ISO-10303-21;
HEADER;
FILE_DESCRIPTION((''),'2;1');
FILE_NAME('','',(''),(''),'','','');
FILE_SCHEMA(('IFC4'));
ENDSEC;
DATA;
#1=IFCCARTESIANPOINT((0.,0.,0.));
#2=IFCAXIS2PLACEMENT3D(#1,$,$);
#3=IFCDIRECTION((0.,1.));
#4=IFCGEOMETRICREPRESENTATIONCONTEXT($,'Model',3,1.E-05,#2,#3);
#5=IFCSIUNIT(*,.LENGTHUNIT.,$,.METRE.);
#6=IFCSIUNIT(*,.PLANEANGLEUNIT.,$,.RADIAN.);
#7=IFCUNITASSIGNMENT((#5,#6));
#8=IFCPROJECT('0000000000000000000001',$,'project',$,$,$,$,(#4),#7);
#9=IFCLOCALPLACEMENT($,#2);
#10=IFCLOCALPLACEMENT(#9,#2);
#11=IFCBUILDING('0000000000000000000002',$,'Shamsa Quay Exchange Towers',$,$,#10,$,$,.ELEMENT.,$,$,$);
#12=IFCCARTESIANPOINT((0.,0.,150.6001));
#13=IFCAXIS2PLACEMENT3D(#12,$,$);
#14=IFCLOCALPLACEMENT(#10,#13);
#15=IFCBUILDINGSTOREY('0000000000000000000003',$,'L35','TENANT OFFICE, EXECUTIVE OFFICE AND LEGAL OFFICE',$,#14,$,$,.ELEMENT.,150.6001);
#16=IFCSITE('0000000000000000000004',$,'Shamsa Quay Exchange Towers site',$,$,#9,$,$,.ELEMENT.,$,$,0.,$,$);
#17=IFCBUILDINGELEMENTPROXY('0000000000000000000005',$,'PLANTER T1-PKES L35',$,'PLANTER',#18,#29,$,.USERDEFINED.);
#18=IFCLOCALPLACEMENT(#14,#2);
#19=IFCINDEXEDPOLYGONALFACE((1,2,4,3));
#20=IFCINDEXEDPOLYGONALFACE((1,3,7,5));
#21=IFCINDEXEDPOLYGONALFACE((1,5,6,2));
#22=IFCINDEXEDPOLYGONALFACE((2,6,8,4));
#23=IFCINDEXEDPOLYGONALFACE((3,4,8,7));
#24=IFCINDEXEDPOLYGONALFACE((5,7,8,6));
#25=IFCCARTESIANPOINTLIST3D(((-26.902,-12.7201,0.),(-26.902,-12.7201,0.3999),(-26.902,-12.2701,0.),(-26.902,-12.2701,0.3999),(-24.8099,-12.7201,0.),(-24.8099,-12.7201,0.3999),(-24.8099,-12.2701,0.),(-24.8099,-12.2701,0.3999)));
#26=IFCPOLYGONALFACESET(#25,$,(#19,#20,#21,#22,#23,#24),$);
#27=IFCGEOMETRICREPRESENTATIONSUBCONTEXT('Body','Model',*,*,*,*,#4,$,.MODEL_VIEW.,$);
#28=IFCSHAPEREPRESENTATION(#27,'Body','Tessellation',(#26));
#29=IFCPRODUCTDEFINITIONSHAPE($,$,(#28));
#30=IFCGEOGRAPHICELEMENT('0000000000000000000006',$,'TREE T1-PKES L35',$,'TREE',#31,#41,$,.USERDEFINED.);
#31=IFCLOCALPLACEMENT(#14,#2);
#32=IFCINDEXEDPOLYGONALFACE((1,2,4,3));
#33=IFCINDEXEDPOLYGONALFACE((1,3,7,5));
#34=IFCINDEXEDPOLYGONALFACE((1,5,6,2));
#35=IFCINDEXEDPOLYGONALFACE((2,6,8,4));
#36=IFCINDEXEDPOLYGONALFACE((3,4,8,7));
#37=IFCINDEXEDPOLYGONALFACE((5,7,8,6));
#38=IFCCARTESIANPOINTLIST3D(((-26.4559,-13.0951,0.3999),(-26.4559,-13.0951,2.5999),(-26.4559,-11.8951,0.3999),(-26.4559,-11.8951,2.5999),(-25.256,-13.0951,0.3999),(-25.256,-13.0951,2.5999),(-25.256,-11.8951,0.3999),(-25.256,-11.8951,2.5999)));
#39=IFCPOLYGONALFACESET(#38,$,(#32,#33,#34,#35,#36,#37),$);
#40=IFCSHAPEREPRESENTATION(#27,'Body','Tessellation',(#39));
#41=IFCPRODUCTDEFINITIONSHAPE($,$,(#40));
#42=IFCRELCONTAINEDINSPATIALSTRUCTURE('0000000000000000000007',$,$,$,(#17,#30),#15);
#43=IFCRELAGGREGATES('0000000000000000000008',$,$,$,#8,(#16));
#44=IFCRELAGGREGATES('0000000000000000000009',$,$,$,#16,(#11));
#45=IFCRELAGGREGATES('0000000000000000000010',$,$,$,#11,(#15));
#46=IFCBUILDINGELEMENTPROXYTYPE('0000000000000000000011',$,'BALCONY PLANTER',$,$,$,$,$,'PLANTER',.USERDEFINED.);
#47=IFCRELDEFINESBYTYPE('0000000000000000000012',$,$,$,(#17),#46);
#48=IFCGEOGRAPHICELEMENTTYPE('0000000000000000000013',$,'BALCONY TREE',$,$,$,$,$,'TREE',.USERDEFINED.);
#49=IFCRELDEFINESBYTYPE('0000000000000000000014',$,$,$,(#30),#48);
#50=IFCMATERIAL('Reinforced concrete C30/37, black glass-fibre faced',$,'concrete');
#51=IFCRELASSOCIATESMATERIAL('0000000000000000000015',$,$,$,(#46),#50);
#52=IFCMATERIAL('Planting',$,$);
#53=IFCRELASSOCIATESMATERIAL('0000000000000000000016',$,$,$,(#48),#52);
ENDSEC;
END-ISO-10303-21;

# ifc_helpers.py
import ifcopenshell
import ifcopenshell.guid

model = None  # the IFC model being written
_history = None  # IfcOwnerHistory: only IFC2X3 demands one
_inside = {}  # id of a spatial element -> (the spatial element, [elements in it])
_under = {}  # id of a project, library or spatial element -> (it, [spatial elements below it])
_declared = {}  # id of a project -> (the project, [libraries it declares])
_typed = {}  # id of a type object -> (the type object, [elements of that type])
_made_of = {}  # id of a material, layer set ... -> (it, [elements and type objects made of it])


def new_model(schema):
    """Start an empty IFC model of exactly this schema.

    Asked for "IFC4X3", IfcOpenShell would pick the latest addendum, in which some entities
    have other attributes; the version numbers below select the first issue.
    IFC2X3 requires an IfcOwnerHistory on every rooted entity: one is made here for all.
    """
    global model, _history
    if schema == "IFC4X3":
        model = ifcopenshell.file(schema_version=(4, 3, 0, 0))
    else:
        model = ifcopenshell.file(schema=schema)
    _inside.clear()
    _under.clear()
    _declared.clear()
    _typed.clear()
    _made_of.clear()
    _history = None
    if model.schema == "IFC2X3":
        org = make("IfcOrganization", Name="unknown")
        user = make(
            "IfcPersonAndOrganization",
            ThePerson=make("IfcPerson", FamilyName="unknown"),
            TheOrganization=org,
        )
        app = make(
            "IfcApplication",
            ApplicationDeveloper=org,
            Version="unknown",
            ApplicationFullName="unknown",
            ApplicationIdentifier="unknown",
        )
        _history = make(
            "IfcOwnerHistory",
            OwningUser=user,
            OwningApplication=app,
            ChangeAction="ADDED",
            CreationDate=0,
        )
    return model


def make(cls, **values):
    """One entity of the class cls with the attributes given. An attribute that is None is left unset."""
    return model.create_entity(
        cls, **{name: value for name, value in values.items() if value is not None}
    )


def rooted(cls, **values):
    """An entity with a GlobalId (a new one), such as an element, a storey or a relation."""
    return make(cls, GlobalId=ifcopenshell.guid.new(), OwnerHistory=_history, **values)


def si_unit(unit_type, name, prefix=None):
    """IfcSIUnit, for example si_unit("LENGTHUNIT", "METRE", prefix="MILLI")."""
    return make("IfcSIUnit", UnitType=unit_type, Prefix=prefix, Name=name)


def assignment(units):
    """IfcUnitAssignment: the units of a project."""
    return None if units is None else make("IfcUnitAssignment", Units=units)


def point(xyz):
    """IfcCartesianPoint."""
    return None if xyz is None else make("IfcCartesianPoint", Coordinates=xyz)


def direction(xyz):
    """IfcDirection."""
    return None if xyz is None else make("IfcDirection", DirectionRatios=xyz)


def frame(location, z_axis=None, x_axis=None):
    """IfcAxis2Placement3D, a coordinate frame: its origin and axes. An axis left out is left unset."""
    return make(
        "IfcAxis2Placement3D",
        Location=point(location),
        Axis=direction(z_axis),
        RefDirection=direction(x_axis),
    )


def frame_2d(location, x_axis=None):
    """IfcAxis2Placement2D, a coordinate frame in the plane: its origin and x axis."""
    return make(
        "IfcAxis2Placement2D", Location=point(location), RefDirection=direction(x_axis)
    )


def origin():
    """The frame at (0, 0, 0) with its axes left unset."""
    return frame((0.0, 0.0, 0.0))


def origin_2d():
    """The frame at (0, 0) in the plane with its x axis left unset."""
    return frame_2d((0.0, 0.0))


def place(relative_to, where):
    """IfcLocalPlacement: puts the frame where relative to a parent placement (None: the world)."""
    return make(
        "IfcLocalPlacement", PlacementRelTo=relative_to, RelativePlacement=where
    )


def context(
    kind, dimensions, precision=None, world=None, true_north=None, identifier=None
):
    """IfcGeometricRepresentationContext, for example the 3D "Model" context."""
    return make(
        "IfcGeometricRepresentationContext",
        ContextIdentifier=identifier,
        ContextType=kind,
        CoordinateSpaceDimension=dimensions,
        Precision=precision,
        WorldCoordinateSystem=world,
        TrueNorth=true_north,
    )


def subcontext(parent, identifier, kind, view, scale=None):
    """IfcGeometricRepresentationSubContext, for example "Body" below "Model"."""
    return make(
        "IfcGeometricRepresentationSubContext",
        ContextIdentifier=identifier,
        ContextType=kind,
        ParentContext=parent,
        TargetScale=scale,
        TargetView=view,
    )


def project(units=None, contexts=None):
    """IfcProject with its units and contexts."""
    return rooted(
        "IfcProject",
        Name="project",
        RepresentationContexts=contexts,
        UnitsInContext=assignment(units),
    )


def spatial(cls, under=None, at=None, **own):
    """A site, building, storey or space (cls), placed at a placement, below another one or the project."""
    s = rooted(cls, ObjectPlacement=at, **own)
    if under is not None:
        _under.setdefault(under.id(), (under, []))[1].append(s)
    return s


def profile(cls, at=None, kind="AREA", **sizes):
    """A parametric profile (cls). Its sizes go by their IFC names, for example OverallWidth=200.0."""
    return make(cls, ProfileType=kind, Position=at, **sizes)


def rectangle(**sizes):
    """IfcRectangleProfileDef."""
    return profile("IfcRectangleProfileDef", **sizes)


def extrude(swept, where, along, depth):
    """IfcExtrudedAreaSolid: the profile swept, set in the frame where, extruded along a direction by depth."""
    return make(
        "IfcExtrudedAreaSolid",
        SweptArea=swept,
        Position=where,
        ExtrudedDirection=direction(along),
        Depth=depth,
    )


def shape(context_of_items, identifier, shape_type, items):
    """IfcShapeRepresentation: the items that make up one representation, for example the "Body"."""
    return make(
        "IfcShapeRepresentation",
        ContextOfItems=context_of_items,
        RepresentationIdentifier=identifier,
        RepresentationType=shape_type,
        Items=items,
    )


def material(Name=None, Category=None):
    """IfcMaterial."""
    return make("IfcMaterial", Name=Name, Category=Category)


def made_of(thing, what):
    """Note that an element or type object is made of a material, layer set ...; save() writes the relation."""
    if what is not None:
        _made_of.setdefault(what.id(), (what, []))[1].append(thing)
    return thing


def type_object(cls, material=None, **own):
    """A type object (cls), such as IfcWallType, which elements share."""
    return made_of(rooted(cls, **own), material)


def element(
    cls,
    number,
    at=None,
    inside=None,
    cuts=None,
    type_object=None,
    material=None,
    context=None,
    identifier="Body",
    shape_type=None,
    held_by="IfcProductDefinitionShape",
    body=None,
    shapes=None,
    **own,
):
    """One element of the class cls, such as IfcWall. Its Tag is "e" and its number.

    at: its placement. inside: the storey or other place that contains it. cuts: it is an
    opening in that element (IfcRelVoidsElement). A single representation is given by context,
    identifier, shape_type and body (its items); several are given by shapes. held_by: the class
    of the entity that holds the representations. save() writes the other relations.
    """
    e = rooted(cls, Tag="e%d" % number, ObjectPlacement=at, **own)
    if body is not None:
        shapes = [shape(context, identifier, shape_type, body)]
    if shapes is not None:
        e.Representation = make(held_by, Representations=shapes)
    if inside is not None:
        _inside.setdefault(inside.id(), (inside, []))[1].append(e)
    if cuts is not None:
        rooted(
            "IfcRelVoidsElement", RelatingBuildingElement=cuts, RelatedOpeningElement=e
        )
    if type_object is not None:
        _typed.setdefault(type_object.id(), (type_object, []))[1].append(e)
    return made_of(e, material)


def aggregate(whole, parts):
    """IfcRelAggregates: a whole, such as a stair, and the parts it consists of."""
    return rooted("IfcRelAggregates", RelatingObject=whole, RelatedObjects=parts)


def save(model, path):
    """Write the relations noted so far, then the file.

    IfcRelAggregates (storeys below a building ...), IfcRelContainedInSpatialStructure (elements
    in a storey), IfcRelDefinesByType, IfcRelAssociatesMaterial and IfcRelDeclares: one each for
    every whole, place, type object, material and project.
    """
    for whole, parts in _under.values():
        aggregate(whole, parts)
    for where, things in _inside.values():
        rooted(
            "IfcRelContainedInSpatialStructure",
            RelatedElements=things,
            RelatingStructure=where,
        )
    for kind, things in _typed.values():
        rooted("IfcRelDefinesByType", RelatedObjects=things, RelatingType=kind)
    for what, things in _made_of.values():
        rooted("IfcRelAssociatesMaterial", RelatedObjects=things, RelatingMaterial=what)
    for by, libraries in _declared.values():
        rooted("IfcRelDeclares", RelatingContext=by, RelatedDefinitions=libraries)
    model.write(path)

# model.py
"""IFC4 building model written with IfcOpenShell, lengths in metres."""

from ifc_helpers import new_model, si_unit, direction, frame, origin, origin_2d, place, context, subcontext, project, spatial, rectangle, extrude, material, type_object, element, save


model = new_model("IFC4")

# Units and contexts
model_context = context("Model", 3, precision=1e-05, world=origin(), true_north=direction((0.0, 1.0)))
body_context = subcontext(model_context, "Body", "Model", "MODEL_VIEW")
ifc_project = project(units=[si_unit("LENGTHUNIT", "METRE"), si_unit("PLANEANGLEUNIT", "RADIAN")], contexts=[model_context])

# Site, building, storey
site_placement = place(None, origin())
site = spatial("IfcSite", under=ifc_project, at=site_placement, Name="Shamsa Quay Exchange Towers site", CompositionType="ELEMENT", RefElevation=0.0)
building_placement = place(site_placement, origin())
building = spatial("IfcBuilding", under=site, at=building_placement, Name="Shamsa Quay Exchange Towers", CompositionType="ELEMENT")
storey_placement = place(building_placement, frame((0.0, 0.0, 150.6001)))
storey = spatial("IfcBuildingStorey", under=building, at=storey_placement, Name="L35", Description="TENANT OFFICE, EXECUTIVE OFFICE AND LEGAL OFFICE", CompositionType="ELEMENT", Elevation=150.6001)

# Building element proxy
ifc_material_1 = material(Name="Reinforced concrete C30/37, black glass-fibre faced", Category="concrete")
building_element_proxy_type = type_object("IfcBuildingElementProxyType", Name="BALCONY PLANTER", ElementType="PLANTER", PredefinedType="USERDEFINED", material=ifc_material_1)
for number, where, name in (
    (1, (-25.856, -12.4951, 0.0), "PLANTER T1-PKES L35"),
):
    element("IfcBuildingElementProxy", number, at=place(storey_placement, frame(where)), inside=storey, type_object=building_element_proxy_type, Name=name, ObjectType="PLANTER", PredefinedType="USERDEFINED", context=body_context, shape_type="SweptSolid", body=[
        extrude(rectangle(XDim=2.092, YDim=0.45, at=origin_2d()), origin(), (0.0, 0.0, 1.0), 0.3999),
    ])

# Geographic element
ifc_material_2 = material(Name="Planting")
geographic_element_type = type_object("IfcGeographicElementType", Name="BALCONY TREE", ElementType="TREE", PredefinedType="USERDEFINED", material=ifc_material_2)
geographic_element_placement = place(storey_placement, frame((-25.856, -12.4951, 0.3999)))
element("IfcGeographicElement", 2, at=geographic_element_placement, inside=storey, type_object=geographic_element_type, Name="TREE T1-PKES L35", ObjectType="TREE", PredefinedType="USERDEFINED", context=body_context, shape_type="SweptSolid", body=[
    extrude(rectangle(XDim=1.2, YDim=1.2, at=origin_2d()), origin(), (0.0, 0.0, 1.0), 2.2),
])

save(model, "model.ifc")
